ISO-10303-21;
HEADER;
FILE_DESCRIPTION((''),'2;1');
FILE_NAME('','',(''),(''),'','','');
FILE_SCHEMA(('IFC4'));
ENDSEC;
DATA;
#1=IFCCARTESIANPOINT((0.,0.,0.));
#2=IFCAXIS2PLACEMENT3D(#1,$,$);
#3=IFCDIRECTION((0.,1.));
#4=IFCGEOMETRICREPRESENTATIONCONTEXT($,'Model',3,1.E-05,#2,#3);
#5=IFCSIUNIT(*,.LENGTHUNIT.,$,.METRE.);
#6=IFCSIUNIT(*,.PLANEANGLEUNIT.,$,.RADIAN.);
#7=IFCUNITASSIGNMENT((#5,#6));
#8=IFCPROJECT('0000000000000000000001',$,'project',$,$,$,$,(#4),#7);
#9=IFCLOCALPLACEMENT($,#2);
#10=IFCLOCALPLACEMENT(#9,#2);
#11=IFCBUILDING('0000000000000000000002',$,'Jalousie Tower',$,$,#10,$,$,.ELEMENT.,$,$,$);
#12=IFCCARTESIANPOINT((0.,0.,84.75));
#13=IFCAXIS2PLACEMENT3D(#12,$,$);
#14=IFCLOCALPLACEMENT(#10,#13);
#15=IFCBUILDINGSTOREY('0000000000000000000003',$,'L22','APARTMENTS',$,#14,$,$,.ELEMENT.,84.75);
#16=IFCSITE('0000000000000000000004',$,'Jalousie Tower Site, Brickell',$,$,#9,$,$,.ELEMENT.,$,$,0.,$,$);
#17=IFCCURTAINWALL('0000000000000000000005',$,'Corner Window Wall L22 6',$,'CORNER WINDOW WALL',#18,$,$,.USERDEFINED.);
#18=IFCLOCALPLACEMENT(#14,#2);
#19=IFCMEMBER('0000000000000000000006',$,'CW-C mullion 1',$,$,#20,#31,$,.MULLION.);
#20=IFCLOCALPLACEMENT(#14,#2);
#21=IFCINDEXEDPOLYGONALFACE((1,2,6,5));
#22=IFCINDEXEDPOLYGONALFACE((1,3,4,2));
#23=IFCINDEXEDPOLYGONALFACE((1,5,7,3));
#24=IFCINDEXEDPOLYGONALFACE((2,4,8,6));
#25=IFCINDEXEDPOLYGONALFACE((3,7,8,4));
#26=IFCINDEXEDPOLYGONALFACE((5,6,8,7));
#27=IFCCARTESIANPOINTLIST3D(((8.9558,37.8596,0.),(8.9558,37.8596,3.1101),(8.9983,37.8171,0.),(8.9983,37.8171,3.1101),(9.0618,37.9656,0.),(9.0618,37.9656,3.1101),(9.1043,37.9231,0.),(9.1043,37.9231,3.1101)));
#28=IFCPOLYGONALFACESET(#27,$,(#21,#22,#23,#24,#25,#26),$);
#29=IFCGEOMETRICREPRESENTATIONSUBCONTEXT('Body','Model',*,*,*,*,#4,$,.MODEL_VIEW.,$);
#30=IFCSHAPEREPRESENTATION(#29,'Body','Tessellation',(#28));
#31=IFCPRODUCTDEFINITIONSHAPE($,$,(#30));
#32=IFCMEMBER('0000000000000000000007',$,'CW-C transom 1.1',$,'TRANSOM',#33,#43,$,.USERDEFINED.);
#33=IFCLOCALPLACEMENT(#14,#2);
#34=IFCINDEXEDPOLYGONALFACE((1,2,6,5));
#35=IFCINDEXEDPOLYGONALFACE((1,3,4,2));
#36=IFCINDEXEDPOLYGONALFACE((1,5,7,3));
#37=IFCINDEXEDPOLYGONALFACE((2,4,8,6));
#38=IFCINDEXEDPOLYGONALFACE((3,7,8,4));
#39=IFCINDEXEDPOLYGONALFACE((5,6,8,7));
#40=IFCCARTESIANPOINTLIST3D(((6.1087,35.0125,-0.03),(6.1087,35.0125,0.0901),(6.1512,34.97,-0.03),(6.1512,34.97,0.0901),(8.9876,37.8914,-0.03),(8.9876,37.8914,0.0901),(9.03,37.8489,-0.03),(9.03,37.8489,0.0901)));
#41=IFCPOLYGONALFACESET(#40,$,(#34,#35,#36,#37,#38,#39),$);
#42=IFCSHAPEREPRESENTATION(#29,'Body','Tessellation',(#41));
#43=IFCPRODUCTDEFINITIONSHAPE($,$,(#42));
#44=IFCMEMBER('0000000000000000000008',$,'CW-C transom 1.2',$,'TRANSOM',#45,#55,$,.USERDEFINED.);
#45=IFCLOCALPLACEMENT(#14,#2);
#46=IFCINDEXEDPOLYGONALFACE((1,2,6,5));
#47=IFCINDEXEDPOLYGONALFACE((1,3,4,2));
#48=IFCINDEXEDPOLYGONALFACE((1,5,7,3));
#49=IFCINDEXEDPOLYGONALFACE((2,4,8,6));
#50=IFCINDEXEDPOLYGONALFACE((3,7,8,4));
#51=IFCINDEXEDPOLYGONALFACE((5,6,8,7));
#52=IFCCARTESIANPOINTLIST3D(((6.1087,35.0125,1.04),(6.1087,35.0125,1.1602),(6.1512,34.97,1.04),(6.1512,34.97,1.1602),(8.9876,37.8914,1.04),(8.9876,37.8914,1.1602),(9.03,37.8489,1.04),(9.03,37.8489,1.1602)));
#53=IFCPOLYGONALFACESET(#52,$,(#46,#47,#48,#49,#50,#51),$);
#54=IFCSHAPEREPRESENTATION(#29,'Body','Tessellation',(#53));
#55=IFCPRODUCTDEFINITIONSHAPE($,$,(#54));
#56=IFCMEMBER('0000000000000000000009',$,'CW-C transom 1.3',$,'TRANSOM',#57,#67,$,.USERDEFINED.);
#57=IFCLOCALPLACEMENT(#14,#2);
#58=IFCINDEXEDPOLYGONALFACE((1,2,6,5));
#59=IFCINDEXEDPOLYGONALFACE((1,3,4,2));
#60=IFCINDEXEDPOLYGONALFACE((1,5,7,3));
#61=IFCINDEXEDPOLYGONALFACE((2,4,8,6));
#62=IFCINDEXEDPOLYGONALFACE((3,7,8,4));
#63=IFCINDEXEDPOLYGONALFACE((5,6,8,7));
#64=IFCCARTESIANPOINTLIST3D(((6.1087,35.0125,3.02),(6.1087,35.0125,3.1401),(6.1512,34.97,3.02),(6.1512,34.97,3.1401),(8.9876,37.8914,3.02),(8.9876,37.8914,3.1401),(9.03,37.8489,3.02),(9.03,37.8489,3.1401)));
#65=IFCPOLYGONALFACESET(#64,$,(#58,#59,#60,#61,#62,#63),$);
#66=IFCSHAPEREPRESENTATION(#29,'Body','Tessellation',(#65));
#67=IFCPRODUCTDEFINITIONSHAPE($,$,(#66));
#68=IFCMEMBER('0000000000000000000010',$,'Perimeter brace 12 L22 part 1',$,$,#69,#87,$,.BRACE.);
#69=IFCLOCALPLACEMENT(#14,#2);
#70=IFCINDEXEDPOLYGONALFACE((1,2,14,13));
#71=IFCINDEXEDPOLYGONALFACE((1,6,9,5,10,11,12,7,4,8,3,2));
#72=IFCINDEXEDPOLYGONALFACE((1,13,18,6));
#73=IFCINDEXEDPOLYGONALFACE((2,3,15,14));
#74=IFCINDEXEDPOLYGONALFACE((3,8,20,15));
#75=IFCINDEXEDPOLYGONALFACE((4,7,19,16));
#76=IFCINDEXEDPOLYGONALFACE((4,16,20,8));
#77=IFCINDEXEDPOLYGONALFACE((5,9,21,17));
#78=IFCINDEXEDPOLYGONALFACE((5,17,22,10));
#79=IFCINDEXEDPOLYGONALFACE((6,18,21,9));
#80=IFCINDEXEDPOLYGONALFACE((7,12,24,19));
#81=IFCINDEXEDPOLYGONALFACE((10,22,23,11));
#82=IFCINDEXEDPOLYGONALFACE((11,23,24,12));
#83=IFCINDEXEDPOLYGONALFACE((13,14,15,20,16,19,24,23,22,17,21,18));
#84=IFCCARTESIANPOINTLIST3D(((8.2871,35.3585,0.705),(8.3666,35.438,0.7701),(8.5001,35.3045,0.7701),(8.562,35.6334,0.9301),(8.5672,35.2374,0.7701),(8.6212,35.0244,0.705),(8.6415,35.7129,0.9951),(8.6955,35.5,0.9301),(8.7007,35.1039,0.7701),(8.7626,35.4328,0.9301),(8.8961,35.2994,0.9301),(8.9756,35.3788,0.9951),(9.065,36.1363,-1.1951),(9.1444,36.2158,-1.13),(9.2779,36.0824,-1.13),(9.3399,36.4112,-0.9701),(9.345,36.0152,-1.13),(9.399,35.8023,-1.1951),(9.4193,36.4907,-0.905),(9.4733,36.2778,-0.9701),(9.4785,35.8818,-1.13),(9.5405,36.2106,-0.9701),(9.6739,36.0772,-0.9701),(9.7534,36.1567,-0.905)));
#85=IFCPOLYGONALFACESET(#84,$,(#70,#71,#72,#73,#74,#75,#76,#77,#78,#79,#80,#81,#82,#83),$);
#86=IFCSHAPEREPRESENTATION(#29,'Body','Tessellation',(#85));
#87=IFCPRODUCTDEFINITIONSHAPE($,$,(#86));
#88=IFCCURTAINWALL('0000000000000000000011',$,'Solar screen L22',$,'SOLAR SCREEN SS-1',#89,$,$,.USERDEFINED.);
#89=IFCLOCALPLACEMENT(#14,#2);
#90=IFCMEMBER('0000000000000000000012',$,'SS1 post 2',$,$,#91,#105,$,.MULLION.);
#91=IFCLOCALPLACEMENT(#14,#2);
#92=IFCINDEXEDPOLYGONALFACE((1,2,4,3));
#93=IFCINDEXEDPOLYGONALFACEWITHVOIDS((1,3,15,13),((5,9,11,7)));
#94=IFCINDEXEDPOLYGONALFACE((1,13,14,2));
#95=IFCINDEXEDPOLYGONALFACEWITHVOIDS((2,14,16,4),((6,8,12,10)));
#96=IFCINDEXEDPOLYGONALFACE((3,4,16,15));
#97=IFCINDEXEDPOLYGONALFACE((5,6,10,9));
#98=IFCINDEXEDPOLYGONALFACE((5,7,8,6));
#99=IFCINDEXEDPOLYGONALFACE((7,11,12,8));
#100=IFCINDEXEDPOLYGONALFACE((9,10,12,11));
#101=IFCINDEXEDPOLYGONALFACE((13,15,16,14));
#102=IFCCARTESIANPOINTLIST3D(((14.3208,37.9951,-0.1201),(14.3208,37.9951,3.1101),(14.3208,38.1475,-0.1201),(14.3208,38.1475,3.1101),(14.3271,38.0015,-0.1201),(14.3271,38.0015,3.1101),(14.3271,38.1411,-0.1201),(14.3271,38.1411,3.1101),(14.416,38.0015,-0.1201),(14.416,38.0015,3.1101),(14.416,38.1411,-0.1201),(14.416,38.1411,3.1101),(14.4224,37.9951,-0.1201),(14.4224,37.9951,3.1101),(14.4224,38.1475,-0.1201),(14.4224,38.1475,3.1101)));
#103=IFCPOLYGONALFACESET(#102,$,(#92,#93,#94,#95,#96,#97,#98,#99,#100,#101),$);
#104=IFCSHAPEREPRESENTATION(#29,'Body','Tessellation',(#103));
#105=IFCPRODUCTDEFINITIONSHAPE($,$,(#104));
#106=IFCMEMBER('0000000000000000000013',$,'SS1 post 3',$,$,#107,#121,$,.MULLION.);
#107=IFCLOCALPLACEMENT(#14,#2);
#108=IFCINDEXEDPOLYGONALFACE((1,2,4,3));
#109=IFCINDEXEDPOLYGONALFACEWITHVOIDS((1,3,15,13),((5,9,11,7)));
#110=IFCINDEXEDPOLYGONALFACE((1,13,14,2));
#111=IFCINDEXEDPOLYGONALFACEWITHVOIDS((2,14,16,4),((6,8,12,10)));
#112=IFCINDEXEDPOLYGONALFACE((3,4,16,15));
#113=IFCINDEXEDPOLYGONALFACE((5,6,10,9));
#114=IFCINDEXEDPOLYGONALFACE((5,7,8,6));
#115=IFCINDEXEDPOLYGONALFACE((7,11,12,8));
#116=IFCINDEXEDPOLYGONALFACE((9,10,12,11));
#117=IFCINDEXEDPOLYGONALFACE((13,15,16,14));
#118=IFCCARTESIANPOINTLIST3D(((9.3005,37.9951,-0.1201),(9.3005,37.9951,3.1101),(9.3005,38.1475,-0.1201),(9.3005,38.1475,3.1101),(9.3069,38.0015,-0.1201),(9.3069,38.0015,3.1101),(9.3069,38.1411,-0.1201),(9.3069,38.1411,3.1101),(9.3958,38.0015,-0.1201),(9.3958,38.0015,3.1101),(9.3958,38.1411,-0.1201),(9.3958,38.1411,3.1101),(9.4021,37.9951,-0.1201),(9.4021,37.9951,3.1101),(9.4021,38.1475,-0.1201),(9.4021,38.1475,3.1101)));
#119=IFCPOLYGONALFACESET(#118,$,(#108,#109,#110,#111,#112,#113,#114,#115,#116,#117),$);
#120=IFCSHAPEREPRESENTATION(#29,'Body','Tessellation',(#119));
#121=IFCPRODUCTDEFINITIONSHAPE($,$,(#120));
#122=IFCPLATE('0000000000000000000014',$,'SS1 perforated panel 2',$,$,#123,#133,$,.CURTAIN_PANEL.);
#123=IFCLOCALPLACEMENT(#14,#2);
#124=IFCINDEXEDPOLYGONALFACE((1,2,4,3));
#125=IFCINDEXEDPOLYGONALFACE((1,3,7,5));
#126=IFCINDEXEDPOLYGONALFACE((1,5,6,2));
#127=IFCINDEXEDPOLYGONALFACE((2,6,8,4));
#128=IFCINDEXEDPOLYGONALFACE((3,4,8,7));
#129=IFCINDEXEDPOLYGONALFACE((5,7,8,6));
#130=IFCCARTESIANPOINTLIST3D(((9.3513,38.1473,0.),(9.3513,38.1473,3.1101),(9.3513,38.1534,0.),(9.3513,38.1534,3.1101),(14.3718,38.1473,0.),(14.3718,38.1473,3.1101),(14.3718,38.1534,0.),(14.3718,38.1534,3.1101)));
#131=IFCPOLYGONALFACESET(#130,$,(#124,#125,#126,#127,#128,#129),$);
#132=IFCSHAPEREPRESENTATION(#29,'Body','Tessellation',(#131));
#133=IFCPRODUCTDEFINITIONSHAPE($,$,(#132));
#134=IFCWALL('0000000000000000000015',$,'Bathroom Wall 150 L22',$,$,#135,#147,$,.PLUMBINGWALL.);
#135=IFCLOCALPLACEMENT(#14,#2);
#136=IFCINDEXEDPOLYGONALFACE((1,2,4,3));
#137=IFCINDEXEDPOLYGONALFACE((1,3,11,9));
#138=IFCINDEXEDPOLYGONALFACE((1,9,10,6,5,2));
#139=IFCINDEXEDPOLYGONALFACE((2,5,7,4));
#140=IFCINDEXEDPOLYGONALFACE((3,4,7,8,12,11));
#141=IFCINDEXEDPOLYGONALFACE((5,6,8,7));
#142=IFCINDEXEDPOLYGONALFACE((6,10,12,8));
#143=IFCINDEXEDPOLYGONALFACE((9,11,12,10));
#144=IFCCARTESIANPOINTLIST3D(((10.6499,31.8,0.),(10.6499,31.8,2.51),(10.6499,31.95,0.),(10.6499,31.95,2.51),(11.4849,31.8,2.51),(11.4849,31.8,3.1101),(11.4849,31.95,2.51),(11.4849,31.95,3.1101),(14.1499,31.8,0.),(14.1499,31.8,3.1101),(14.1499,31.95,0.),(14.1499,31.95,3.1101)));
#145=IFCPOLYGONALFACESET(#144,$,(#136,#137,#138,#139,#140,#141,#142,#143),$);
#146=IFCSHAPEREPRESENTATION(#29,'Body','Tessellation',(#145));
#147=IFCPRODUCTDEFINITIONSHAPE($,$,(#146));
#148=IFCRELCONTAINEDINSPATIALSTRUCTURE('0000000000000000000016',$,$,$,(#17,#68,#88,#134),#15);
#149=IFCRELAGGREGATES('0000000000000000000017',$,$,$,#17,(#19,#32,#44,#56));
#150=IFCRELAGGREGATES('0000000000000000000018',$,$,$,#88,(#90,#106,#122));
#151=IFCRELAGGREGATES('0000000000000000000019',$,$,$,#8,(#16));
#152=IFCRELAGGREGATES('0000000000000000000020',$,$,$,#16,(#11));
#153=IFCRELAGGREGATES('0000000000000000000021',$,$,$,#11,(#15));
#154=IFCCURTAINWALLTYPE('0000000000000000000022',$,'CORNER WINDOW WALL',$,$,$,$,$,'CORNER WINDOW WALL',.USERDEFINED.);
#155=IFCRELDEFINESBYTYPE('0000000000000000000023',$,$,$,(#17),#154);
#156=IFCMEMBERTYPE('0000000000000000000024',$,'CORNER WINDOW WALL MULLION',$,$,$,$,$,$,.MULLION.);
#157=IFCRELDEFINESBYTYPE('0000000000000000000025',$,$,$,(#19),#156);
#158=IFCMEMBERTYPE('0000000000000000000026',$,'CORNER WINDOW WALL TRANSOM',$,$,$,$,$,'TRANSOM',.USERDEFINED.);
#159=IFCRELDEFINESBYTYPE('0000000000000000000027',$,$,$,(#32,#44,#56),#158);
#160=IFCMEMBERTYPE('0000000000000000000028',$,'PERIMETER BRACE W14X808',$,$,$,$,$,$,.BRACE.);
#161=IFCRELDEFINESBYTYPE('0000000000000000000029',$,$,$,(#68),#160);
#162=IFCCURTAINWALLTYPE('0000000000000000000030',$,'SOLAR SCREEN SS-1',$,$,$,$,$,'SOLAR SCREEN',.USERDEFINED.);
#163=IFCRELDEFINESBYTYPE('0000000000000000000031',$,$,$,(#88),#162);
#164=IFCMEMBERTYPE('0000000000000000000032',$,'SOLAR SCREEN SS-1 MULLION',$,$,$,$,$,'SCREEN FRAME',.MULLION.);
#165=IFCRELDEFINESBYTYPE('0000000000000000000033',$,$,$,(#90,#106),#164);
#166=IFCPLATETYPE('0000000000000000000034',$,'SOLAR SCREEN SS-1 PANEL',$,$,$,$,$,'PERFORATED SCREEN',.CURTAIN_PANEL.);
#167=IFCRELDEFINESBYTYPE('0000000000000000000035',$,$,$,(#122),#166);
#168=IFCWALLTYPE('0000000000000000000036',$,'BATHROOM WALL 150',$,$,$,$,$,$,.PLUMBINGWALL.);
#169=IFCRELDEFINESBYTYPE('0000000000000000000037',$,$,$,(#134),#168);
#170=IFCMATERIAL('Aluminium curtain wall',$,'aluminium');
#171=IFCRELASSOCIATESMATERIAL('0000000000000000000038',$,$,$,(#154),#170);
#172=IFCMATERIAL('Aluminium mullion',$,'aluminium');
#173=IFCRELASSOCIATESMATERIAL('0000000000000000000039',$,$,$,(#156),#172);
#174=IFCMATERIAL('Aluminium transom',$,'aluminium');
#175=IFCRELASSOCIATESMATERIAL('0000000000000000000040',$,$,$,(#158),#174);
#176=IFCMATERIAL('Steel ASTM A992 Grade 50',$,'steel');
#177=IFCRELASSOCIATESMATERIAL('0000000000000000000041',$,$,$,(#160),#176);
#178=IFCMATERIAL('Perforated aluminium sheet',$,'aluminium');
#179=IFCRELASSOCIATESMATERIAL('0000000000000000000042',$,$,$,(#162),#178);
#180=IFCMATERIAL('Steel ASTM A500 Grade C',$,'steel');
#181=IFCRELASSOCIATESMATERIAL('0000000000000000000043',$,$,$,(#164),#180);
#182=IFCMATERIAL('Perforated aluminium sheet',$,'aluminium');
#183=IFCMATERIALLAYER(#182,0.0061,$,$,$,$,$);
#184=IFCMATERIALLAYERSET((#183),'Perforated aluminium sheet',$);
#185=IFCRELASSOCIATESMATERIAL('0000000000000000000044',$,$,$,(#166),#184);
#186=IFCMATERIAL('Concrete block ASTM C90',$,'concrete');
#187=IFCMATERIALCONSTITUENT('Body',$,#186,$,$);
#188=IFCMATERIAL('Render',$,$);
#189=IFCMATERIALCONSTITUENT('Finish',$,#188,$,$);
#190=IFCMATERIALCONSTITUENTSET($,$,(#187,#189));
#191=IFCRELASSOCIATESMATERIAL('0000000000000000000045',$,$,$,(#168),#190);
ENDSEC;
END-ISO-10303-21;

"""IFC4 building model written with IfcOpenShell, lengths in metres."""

from ifc_helpers import new_model, si_unit, direction, frame, origin, origin_2d, place, context, subcontext, project, spatial, polyline, rectangle, hollow_rectangle, i_section, outline, extrude, material, layer, layer_set, constituent, constituent_set, material_profile, profile_set, type_object, element, aggregate, save


model = new_model("IFC4")

# Units and contexts
model_context = context("Model", 3, precision=1e-05, world=origin(), true_north=direction((0.0, 1.0)))
body_context = subcontext(model_context, "Body", "Model", "MODEL_VIEW")
ifc_project = project(units=[si_unit("LENGTHUNIT", "METRE"), si_unit("PLANEANGLEUNIT", "RADIAN")], contexts=[model_context])

# Site, building, storey
site_placement = place(None, origin())
site = spatial("IfcSite", under=ifc_project, at=site_placement, Name="Jalousie Tower Site, Brickell", CompositionType="ELEMENT", RefElevation=0.0)
building_placement = place(site_placement, origin())
building = spatial("IfcBuilding", under=site, at=building_placement, Name="Jalousie Tower", CompositionType="ELEMENT")
storey_placement = place(building_placement, frame((0.0, 0.0, 84.75)))
storey = spatial("IfcBuildingStorey", under=building, at=storey_placement, Name="L22", Description="APARTMENTS", CompositionType="ELEMENT", Elevation=84.75)

# Curtain wall, members
ifc_material_1 = material(Name="Aluminium curtain wall", Category="aluminium")
curtain_wall_type_1 = type_object("IfcCurtainWallType", Name="CORNER WINDOW WALL", ElementType="CORNER WINDOW WALL", PredefinedType="USERDEFINED", material=ifc_material_1)
curtain_wall_1_placement = place(storey_placement, origin())
curtain_wall_1 = element("IfcCurtainWall", 1, at=curtain_wall_1_placement, inside=storey, type_object=curtain_wall_type_1, Name="Corner Window Wall L22 6", ObjectType="CORNER WINDOW WALL", PredefinedType="USERDEFINED")
ifc_material_2 = material(Name="Aluminium mullion", Category="aluminium")
ifc_material_profile_1 = material_profile(ifc_material_2, rectangle(XDim=0.0601, YDim=0.1499, at=origin_2d()), Name="MULLION 60x150")
ifc_profile_set_1 = profile_set([ifc_material_profile_1], Name="Aluminium mullion")
member_type_1 = type_object("IfcMemberType", Name="CORNER WINDOW WALL MULLION", PredefinedType="MULLION", material=ifc_profile_set_1)
member_1_placement = place(storey_placement, frame((9.03, 37.8914, 0.0), z_axis=(0.0, 0.0, 1.0), x_axis=(0.707107, -0.707107, 0.0)))
member_1 = element("IfcMember", 2, at=member_1_placement, type_object=member_type_1, Name="CW-C mullion 1", PredefinedType="MULLION", context=body_context, shape_type="SweptSolid", body=[
    extrude(rectangle(XDim=0.0601, YDim=0.1499, at=origin_2d()), origin(), (0.0, 0.0, 1.0), 3.1101),
])
ifc_material_3 = material(Name="Aluminium transom", Category="aluminium")
ifc_material_profile_2 = material_profile(ifc_material_3, rectangle(XDim=0.0601, YDim=0.1201, at=origin_2d()), Name="TRANSOM 60x120")
ifc_profile_set_2 = profile_set([ifc_material_profile_2], Name="Aluminium transom")
member_type_2 = type_object("IfcMemberType", Name="CORNER WINDOW WALL TRANSOM", ElementType="TRANSOM", PredefinedType="USERDEFINED", material=ifc_profile_set_2)
member_2_placement = place(storey_placement, frame((9.0088, 37.8701, 0.03), z_axis=(-0.707107, -0.707107, 0.0), x_axis=(0.707107, -0.707107, 0.0)))
member_2 = element("IfcMember", 3, at=member_2_placement, type_object=member_type_2, Name="CW-C transom 1.1", ObjectType="TRANSOM", PredefinedType="USERDEFINED", context=body_context, shape_type="SweptSolid", body=[
    extrude(rectangle(XDim=0.0601, YDim=0.1201, at=origin_2d()), origin(), (0.0, 0.0, 1.0), 4.0713),
])
member_3_placement = place(storey_placement, frame((9.0088, 37.8701, 1.1001), z_axis=(-0.707107, -0.707107, 0.0), x_axis=(0.707107, -0.707107, 0.0)))
member_3 = element("IfcMember", 4, at=member_3_placement, type_object=member_type_2, Name="CW-C transom 1.2", ObjectType="TRANSOM", PredefinedType="USERDEFINED", context=body_context, shape_type="SweptSolid", body=[
    extrude(rectangle(XDim=0.0601, YDim=0.1201, at=origin_2d()), origin(), (0.0, 0.0, 1.0), 4.0713),
])
member_4_placement = place(storey_placement, frame((9.0088, 37.8701, 3.0801), z_axis=(-0.707107, -0.707107, 0.0), x_axis=(0.707107, -0.707107, 0.0)))
member_4 = element("IfcMember", 5, at=member_4_placement, type_object=member_type_2, Name="CW-C transom 1.3", ObjectType="TRANSOM", PredefinedType="USERDEFINED", context=body_context, shape_type="SweptSolid", body=[
    extrude(rectangle(XDim=0.0601, YDim=0.1201, at=origin_2d()), origin(), (0.0, 0.0, 1.0), 4.0713),
])
aggregate(curtain_wall_1, [member_1, member_2, member_3, member_4])

# Member
ifc_material_4 = material(Name="Steel ASTM A992 Grade 50", Category="steel")
ifc_material_profile_3 = material_profile(ifc_material_4, i_section(OverallWidth=0.4724, OverallDepth=0.5791, WebThickness=0.095, FlangeThickness=0.1299, at=origin_2d()), Name="W14X808")
ifc_profile_set_3 = profile_set([ifc_material_profile_3], Name="Steel ASTM A992 Grade 50")
member_type_3 = type_object("IfcMemberType", Name="PERIMETER BRACE W14X808", PredefinedType="BRACE", material=ifc_profile_set_3)
member_5_placement = place(storey_placement, frame((9.4092, 36.1465, -1.05), z_axis=(-0.354271, -0.354271, 0.865439), x_axis=(0.707107, -0.707107, 0.0)))
element("IfcMember", 6, at=member_5_placement, inside=storey, type_object=member_type_3, Name="Perimeter brace 12 L22 part 1", PredefinedType="BRACE", context=body_context, shape_type="SweptSolid", body=[
    extrude(i_section(OverallWidth=0.4724, OverallDepth=0.5791, WebThickness=0.095, FlangeThickness=0.1299, at=origin_2d()), origin(), (0.0, 0.0, 1.0), 2.1956),
])

# Curtain wall, members, plate
ifc_material_5 = material(Name="Perforated aluminium sheet", Category="aluminium")
curtain_wall_type_2 = type_object("IfcCurtainWallType", Name="SOLAR SCREEN SS-1", ElementType="SOLAR SCREEN", PredefinedType="USERDEFINED", material=ifc_material_5)
curtain_wall_2_placement = place(storey_placement, origin())
curtain_wall_2 = element("IfcCurtainWall", 7, at=curtain_wall_2_placement, inside=storey, type_object=curtain_wall_type_2, Name="Solar screen L22", ObjectType="SOLAR SCREEN SS-1", PredefinedType="USERDEFINED")
ifc_material_6 = material(Name="Steel ASTM A500 Grade C", Category="steel")
ifc_material_profile_4 = material_profile(ifc_material_6, hollow_rectangle(XDim=0.1016, YDim=0.1523, WallThickness=0.0063, at=origin_2d()), Name="HSS6X4X1/4")
ifc_profile_set_4 = profile_set([ifc_material_profile_4], Name="Steel ASTM A500 Grade C")
member_type_4 = type_object("IfcMemberType", Name="SOLAR SCREEN SS-1 MULLION", ElementType="SCREEN FRAME", PredefinedType="MULLION", material=ifc_profile_set_4)
member_6_placement = place(storey_placement, frame((14.3716, 38.0713, -0.1201), z_axis=(0.0, 0.0, 1.0), x_axis=(-1.0, 0.0, 0.0)))
member_6 = element("IfcMember", 8, at=member_6_placement, type_object=member_type_4, Name="SS1 post 2", PredefinedType="MULLION", context=body_context, shape_type="SweptSolid", body=[
    extrude(hollow_rectangle(XDim=0.1016, YDim=0.1523, WallThickness=0.0063, at=origin_2d()), origin(), (0.0, 0.0, 1.0), 3.2302),
])
member_7_placement = place(storey_placement, frame((9.3513, 38.0713, -0.1201), z_axis=(0.0, 0.0, 1.0), x_axis=(-1.0, 0.0, 0.0)))
member_7 = element("IfcMember", 9, at=member_7_placement, type_object=member_type_4, Name="SS1 post 3", PredefinedType="MULLION", context=body_context, shape_type="SweptSolid", body=[
    extrude(hollow_rectangle(XDim=0.1016, YDim=0.1523, WallThickness=0.0063, at=origin_2d()), origin(), (0.0, 0.0, 1.0), 3.2302),
])
ifc_material_7 = material(Name="Perforated aluminium sheet", Category="aluminium")
ifc_layer_1 = layer(ifc_material_7, 0.0061)
ifc_layer_set_1 = layer_set([ifc_layer_1], Name="Perforated aluminium sheet")
plate_type = type_object("IfcPlateType", Name="SOLAR SCREEN SS-1 PANEL", ElementType="PERFORATED SCREEN", PredefinedType="CURTAIN_PANEL", material=ifc_layer_set_1)
plate_placement = place(storey_placement, frame((11.8616, 38.1504, 0.0), z_axis=(0.0, 0.0, 1.0), x_axis=(-1.0, 0.0, 0.0)))
plate = element("IfcPlate", 10, at=plate_placement, type_object=plate_type, Name="SS1 perforated panel 2", PredefinedType="CURTAIN_PANEL", context=body_context, shape_type="SweptSolid", body=[
    extrude(rectangle(XDim=5.0205, YDim=0.0061, at=origin_2d()), origin(), (0.0, 0.0, 1.0), 3.1101),
])
aggregate(curtain_wall_2, [member_6, member_7, plate])

# Wall
ifc_material_8 = material(Name="Concrete block ASTM C90", Category="concrete")
ifc_constituent_1 = constituent(ifc_material_8, Name="Body")
ifc_material_9 = material(Name="Render")
ifc_constituent_2 = constituent(ifc_material_9, Name="Finish")
ifc_constituent_set_1 = constituent_set(constituents=[ifc_constituent_1, ifc_constituent_2])
wall_type_1 = type_object("IfcWallType", Name="BATHROOM WALL 150", PredefinedType="PLUMBINGWALL", material=ifc_constituent_set_1)
wall_1_placement = place(storey_placement, frame((10.6499, 31.875, 0.0), z_axis=(0.0, 0.0, 1.0), x_axis=(1.0, 0.0, 0.0)))
element("IfcWall", 11, at=wall_1_placement, inside=storey, type_object=wall_type_1, Name="Bathroom Wall 150 L22", PredefinedType="PLUMBINGWALL", context=body_context, shape_type="SweptSolid", body=[
    extrude(outline(polyline([(0.0, 0.0), (3.5, 0.0), (3.5, 3.1101), (0.835, 3.1101), (0.835, 2.51), (0.0, 2.51), (0.0, 3.1101), (0.0, 0.0)])), frame((0.0, 0.075, 0.0), z_axis=(0.0, -1.0, 0.0), x_axis=(1.0, 0.0, 0.0)), (0.0, 0.0, 1.0), 0.1499),
])

save(model, "model.ifc")
